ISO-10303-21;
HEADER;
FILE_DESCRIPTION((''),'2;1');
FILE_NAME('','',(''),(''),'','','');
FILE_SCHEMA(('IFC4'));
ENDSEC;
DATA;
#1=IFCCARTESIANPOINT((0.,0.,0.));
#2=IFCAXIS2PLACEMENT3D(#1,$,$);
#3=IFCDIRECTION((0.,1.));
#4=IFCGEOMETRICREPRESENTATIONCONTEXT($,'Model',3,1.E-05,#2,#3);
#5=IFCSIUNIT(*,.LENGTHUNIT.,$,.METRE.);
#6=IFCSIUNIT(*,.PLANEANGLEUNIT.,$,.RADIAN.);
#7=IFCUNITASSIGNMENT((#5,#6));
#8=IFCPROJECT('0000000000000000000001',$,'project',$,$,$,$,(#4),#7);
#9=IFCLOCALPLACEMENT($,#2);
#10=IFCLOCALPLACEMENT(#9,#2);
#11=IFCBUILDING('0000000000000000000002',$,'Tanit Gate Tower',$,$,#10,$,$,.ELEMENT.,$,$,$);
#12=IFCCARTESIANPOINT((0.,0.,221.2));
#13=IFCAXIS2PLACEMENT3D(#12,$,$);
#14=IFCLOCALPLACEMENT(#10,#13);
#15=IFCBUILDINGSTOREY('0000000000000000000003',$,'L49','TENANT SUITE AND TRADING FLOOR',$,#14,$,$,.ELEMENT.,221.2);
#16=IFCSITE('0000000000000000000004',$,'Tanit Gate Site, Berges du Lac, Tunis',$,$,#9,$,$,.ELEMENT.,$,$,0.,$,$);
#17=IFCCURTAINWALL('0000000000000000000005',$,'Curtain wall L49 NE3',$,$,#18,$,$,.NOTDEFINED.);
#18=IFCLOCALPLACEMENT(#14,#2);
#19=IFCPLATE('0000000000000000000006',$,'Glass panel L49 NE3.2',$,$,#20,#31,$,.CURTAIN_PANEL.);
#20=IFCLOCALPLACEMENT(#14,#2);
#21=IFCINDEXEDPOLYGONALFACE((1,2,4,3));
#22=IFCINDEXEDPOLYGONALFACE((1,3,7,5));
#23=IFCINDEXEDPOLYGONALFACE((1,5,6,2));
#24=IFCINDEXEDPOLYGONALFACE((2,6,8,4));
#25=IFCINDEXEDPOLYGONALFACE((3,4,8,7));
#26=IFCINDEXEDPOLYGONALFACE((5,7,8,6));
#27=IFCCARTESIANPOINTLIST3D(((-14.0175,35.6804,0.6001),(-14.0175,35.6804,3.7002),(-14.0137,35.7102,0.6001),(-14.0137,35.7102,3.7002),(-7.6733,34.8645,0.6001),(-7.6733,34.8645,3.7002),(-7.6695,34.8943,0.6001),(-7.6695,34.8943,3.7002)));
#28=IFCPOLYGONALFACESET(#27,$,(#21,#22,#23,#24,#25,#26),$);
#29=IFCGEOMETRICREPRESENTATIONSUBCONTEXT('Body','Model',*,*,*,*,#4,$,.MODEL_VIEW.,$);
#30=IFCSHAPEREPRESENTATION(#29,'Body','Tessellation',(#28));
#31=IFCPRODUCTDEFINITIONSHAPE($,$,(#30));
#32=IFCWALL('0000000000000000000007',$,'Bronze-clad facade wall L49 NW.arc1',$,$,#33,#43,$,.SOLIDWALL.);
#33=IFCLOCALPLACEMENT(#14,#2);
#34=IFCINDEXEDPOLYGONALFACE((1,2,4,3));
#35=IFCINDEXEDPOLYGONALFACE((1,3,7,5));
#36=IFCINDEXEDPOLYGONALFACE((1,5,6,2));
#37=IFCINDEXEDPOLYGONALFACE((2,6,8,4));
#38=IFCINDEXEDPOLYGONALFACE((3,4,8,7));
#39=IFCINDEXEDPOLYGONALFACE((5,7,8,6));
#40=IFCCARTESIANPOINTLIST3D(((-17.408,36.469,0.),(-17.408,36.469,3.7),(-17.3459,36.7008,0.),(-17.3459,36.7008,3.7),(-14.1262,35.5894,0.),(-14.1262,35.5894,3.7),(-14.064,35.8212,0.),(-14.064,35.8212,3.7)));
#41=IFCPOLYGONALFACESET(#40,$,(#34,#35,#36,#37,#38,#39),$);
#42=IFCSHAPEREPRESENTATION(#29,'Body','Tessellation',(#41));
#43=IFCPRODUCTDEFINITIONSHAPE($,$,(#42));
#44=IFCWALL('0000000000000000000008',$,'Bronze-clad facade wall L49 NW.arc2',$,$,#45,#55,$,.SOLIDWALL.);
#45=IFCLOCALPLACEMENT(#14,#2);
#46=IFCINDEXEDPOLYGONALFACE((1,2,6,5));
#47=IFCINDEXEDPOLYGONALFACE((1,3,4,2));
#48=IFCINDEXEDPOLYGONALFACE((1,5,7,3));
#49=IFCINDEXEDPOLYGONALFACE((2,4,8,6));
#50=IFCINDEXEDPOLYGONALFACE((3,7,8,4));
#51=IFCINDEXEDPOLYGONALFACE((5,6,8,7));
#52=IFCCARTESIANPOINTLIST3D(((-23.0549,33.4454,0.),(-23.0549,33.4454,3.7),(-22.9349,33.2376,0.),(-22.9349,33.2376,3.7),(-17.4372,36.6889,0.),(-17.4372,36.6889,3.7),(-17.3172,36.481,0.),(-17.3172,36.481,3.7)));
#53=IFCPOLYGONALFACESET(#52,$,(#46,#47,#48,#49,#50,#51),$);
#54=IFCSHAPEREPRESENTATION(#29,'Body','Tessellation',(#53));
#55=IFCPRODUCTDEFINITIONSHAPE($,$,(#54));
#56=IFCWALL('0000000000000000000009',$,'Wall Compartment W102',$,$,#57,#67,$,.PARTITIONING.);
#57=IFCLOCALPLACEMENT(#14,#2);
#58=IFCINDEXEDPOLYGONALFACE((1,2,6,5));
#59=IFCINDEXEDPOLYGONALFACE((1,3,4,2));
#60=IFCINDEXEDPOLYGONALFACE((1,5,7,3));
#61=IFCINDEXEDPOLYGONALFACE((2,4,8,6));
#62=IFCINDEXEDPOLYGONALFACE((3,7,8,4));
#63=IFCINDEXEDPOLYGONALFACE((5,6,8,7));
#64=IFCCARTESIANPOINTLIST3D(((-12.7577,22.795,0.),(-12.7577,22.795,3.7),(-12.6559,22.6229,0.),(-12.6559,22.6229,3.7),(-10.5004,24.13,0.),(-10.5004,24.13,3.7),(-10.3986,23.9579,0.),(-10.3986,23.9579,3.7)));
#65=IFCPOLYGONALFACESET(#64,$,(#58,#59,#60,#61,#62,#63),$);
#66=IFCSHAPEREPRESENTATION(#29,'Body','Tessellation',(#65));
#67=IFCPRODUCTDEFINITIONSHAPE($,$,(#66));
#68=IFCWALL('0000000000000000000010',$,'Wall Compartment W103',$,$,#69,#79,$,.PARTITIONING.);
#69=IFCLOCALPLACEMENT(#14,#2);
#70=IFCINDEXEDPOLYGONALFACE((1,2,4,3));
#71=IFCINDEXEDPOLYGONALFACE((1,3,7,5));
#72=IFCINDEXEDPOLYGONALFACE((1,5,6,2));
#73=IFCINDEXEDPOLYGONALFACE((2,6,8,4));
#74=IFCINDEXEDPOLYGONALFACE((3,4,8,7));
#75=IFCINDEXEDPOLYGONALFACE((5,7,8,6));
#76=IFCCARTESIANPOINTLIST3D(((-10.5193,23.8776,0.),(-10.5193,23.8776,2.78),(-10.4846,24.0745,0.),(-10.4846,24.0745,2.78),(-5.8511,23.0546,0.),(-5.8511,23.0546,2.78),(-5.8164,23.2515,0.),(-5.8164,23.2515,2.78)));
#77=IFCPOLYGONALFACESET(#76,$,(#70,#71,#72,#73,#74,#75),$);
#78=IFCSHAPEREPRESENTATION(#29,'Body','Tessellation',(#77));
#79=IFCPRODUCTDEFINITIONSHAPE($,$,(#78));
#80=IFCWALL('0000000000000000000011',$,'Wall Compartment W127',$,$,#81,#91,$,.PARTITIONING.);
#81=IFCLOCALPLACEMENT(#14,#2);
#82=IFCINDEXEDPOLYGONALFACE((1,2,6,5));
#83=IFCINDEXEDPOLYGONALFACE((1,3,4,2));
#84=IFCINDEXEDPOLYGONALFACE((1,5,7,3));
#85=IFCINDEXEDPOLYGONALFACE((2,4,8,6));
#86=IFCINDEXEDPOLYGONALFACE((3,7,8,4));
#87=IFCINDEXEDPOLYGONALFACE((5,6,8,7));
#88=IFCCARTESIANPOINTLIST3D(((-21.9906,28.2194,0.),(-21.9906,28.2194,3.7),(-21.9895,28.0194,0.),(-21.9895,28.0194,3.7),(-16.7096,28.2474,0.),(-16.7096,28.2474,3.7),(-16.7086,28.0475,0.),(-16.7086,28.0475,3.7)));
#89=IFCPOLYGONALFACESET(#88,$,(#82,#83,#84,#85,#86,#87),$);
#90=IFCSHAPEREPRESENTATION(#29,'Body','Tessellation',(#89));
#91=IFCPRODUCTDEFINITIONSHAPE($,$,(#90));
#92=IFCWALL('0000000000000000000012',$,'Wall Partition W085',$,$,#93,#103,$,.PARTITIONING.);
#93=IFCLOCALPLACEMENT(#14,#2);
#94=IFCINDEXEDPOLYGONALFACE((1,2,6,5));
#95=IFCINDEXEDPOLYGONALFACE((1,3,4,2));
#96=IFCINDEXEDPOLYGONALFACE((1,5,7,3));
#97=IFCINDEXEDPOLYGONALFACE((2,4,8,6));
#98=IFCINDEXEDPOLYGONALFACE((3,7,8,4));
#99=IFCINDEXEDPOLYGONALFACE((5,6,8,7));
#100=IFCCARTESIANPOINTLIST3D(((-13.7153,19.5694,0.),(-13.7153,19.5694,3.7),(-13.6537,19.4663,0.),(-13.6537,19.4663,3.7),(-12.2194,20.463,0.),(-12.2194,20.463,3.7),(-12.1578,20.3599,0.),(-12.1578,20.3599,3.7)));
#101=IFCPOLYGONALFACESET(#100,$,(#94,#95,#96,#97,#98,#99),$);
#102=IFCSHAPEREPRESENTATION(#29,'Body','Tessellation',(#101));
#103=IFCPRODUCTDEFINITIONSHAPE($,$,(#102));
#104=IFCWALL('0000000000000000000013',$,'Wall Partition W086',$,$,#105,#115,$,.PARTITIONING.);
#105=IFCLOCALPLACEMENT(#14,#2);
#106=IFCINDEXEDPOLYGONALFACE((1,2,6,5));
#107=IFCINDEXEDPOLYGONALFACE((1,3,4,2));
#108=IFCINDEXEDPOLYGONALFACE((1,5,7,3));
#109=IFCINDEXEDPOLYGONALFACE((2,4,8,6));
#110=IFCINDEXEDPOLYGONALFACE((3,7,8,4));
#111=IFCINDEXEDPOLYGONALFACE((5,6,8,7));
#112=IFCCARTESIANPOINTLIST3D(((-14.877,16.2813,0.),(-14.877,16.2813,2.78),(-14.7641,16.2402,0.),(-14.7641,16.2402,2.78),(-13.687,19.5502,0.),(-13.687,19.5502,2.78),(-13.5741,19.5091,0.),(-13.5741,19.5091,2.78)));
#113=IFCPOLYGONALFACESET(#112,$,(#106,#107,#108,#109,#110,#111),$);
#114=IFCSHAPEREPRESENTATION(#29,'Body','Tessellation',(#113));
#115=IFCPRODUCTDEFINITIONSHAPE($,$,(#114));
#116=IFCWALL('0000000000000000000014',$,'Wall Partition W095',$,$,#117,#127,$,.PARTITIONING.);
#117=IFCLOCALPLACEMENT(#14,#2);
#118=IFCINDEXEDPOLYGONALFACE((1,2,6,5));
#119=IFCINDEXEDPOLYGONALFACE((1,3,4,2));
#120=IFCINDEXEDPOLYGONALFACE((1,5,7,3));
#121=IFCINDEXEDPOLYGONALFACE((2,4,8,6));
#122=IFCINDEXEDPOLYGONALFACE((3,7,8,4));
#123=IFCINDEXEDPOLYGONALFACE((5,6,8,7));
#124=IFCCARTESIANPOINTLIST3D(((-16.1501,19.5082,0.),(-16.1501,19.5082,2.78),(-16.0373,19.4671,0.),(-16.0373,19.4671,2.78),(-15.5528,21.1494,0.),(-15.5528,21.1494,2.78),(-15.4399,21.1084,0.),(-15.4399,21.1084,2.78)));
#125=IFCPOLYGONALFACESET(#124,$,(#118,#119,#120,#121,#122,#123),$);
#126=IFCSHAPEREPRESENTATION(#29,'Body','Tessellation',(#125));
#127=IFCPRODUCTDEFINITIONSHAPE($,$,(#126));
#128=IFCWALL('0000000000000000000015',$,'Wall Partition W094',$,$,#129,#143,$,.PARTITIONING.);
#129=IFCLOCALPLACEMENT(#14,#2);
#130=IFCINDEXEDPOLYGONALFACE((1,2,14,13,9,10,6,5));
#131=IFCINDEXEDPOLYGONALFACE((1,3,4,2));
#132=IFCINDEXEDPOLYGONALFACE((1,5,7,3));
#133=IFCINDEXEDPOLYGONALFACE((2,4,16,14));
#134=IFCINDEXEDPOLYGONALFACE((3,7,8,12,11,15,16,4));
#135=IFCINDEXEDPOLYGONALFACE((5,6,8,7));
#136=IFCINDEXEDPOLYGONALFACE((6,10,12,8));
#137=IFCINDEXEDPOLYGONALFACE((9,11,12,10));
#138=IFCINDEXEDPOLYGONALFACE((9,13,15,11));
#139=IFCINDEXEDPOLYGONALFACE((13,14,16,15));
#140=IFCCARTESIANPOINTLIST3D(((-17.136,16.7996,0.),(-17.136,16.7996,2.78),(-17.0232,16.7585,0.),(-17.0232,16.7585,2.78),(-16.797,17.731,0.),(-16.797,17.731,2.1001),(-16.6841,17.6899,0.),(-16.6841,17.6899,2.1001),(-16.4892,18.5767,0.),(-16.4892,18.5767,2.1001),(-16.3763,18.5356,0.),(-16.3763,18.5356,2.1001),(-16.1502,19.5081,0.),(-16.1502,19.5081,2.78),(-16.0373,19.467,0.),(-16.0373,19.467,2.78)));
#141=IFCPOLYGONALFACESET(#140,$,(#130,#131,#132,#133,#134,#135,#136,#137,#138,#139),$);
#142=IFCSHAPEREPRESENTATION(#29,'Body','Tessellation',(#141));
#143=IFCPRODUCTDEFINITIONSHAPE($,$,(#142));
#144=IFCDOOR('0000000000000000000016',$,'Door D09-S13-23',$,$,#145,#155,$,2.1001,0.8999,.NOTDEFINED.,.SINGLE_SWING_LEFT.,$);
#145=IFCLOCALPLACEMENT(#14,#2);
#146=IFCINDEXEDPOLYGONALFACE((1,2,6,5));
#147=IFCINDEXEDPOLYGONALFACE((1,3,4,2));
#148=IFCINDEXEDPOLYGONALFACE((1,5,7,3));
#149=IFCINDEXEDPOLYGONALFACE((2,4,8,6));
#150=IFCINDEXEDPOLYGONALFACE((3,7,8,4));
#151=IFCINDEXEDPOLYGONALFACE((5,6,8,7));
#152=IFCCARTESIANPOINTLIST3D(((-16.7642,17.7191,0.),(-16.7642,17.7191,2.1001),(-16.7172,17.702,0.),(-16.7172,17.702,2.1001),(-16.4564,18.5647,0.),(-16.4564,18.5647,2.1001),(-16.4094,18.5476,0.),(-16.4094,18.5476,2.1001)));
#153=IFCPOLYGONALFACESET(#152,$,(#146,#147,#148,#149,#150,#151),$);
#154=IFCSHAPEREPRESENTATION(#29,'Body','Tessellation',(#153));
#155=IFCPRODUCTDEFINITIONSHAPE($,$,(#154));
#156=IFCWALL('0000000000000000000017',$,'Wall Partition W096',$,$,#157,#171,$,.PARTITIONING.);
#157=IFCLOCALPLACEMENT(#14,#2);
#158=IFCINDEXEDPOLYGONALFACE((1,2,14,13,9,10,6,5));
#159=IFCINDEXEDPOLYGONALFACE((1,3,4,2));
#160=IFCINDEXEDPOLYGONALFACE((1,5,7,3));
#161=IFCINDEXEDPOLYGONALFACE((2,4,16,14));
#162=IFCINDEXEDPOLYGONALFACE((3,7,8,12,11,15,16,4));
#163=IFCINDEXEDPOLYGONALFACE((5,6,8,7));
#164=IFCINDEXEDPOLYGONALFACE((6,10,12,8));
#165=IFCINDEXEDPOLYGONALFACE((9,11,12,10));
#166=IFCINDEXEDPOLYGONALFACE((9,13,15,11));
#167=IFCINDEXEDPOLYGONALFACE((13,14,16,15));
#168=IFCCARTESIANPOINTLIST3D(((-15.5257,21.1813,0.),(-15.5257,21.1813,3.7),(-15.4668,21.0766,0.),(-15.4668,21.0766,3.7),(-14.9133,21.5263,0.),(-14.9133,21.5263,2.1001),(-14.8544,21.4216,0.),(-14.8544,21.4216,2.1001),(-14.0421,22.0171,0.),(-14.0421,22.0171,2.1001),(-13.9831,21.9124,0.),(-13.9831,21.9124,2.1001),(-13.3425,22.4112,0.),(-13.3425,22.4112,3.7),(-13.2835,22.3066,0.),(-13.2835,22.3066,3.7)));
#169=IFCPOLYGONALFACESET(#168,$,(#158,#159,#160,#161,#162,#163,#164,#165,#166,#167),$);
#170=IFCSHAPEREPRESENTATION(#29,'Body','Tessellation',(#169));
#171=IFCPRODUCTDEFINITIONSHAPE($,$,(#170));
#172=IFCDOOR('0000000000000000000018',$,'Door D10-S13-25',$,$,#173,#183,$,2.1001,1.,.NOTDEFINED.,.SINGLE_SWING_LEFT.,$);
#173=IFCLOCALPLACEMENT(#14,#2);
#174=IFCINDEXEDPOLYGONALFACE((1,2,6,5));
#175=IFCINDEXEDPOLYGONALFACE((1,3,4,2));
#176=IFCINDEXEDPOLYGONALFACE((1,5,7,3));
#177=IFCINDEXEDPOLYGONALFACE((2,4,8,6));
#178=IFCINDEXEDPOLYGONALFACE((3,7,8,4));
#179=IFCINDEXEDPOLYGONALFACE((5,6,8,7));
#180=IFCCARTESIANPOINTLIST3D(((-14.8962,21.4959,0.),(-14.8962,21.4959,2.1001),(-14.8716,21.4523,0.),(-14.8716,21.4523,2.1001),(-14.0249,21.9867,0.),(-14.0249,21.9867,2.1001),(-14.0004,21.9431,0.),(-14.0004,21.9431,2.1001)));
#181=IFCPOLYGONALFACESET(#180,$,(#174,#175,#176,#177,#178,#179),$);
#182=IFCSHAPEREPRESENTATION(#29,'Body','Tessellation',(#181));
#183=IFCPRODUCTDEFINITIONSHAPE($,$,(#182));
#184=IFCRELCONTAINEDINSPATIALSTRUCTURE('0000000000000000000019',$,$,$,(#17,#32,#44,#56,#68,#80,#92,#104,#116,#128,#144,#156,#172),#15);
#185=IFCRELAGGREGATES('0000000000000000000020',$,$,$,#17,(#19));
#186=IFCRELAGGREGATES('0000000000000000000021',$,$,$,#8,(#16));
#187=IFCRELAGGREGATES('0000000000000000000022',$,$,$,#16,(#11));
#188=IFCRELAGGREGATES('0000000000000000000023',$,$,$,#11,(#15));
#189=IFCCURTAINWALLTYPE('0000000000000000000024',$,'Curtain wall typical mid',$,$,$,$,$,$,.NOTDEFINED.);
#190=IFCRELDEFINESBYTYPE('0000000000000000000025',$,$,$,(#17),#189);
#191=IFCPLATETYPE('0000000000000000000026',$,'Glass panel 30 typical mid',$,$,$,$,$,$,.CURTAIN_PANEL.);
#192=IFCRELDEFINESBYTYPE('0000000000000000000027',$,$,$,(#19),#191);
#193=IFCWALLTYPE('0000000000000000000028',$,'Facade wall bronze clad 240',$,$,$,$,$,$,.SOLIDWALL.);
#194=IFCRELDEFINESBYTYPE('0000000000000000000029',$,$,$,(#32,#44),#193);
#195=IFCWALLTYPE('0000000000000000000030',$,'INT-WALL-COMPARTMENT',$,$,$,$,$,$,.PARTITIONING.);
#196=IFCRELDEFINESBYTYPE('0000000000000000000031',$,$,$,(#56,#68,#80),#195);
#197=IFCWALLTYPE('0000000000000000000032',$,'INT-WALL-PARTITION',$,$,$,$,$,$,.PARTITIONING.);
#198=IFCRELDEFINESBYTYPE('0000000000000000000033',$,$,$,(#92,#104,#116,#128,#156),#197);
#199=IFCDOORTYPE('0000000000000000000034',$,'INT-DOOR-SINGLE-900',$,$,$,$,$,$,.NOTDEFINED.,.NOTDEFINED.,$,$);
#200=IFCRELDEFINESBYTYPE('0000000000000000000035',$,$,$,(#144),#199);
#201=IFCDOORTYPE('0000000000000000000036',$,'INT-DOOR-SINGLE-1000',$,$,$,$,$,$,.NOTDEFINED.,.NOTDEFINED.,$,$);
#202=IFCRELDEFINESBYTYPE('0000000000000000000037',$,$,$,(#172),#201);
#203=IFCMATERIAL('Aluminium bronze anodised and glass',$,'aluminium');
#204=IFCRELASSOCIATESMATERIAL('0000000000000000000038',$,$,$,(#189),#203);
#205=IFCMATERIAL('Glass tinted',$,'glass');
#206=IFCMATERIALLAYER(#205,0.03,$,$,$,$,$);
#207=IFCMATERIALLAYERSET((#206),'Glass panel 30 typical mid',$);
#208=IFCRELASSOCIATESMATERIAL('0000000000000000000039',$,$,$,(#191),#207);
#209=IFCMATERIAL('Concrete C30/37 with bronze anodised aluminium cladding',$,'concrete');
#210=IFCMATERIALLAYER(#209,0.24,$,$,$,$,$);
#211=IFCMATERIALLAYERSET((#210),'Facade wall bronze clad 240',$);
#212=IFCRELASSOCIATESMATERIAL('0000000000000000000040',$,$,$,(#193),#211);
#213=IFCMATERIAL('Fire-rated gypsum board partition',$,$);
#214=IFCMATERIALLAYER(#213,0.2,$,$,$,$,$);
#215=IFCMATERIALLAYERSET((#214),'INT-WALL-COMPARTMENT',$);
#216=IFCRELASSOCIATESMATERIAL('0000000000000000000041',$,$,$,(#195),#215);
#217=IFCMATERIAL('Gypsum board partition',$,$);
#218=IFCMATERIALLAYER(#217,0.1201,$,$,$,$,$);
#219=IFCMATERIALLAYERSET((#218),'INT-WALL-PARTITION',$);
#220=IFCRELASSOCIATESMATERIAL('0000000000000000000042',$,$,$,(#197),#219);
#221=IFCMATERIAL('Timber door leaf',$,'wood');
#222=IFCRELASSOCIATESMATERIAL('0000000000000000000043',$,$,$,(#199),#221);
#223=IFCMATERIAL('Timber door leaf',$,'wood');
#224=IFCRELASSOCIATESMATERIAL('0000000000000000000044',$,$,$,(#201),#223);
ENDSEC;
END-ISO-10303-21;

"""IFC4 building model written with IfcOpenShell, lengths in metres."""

from ifc_helpers import new_model, si_unit, direction, frame, frame_2d, origin, origin_2d, place, context, subcontext, project, spatial, rectangle, extrude, material, layer, layer_set, type_object, element, fill, aggregate, save


model = new_model("IFC4")

# Units and contexts
model_context = context("Model", 3, precision=1e-05, world=origin(), true_north=direction((0.0, 1.0)))
body_context = subcontext(model_context, "Body", "Model", "MODEL_VIEW")
ifc_project = project(units=[si_unit("LENGTHUNIT", "METRE"), si_unit("PLANEANGLEUNIT", "RADIAN")], contexts=[model_context])

# Site, building, storey
site_placement = place(None, origin())
site = spatial("IfcSite", under=ifc_project, at=site_placement, Name="Tanit Gate Site, Berges du Lac, Tunis", CompositionType="ELEMENT", RefElevation=0.0)
building_placement = place(site_placement, origin())
building = spatial("IfcBuilding", under=site, at=building_placement, Name="Tanit Gate Tower", CompositionType="ELEMENT")
storey_placement = place(building_placement, frame((0.0, 0.0, 221.2)))
storey = spatial("IfcBuildingStorey", under=building, at=storey_placement, Name="L49", Description="TENANT SUITE AND TRADING FLOOR", CompositionType="ELEMENT", Elevation=221.2)

# Curtain wall
ifc_material_1 = material(Name="Aluminium bronze anodised and glass", Category="aluminium")
curtain_wall_type = type_object("IfcCurtainWallType", Name="Curtain wall typical mid", PredefinedType="NOTDEFINED", material=ifc_material_1)
curtain_wall_placement = place(storey_placement, origin())
curtain_wall = element("IfcCurtainWall", 1, at=curtain_wall_placement, inside=storey, type_object=curtain_wall_type, Name="Curtain wall L49 NE3", PredefinedType="NOTDEFINED")

# Plate
ifc_material_2 = material(Name="Glass tinted", Category="glass")
ifc_layer_1 = layer(ifc_material_2, 0.03)
ifc_layer_set_1 = layer_set([ifc_layer_1], Name="Glass panel 30 typical mid")
plate_type = type_object("IfcPlateType", Name="Glass panel 30 typical mid", PredefinedType="CURTAIN_PANEL", material=ifc_layer_set_1)
plate_1_placement = place(storey_placement, frame((-10.8435, 35.2874, 0.6001), z_axis=(0.0, 0.0, 1.0), x_axis=(-0.991832, 0.127554, 0.0)))
plate_1 = element("IfcPlate", 2, at=plate_1_placement, type_object=plate_type, Name="Glass panel L49 NE3.2", PredefinedType="CURTAIN_PANEL", context=body_context, shape_type="SweptSolid", body=[
    extrude(rectangle(XDim=6.3965, YDim=0.03, at=origin_2d()), origin(), (0.0, 0.0, 1.0), 3.1001),
])
aggregate(curtain_wall, [plate_1])

# Walls
ifc_material_3 = material(Name="Concrete C30/37 with bronze anodised aluminium cladding", Category="concrete")
ifc_layer_2 = layer(ifc_material_3, 0.24)
ifc_layer_set_2 = layer_set([ifc_layer_2], Name="Facade wall bronze clad 240")
wall_type_1 = type_object("IfcWallType", Name="Facade wall bronze clad 240", PredefinedType="SOLIDWALL", material=ifc_layer_set_2)
wall_1_placement = place(storey_placement, frame((-14.0952, 35.7053, 0.0), z_axis=(0.0, 0.0, 1.0), x_axis=(-0.965909, 0.258883, 0.0)))
element("IfcWall", 3, at=wall_1_placement, inside=storey, type_object=wall_type_1, Name="Bronze-clad facade wall L49 NW.arc1", PredefinedType="SOLIDWALL", context=body_context, shape_type="SweptSolid", body=[
    extrude(rectangle(XDim=3.3977, YDim=0.24, at=frame_2d((1.6987, 0.0))), origin(), (0.0, 0.0, 1.0), 3.7),
])
wall_2_placement = place(storey_placement, frame((-17.3772, 36.585, 0.0), z_axis=(0.0, 0.0, 1.0), x_axis=(-0.866023, -0.500005, 0.0)))
element("IfcWall", 4, at=wall_2_placement, inside=storey, type_object=wall_type_1, Name="Bronze-clad facade wall L49 NW.arc2", PredefinedType="SOLIDWALL", context=body_context, shape_type="SweptSolid", body=[
    extrude(rectangle(XDim=6.4868, YDim=0.24, at=frame_2d((3.2434, 0.0))), origin(), (0.0, 0.0, 1.0), 3.7),
])
ifc_material_4 = material(Name="Fire-rated gypsum board partition")
ifc_layer_3 = layer(ifc_material_4, 0.2)
ifc_layer_set_3 = layer_set([ifc_layer_3], Name="INT-WALL-COMPARTMENT")
wall_type_2 = type_object("IfcWallType", Name="INT-WALL-COMPARTMENT", PredefinedType="PARTITIONING", material=ifc_layer_set_3)
wall_3_placement = place(storey_placement, frame((-10.4495, 24.0439, 0.0), z_axis=(0.0, 0.0, 1.0), x_axis=(-0.860745, -0.509037, 0.0)))
element("IfcWall", 5, at=wall_3_placement, inside=storey, type_object=wall_type_2, Name="Wall Compartment W102", PredefinedType="PARTITIONING", context=body_context, shape_type="SweptSolid", body=[
    extrude(rectangle(XDim=2.6226, YDim=0.2, at=frame_2d((1.3113, 0.0))), origin(), (0.0, 0.0, 1.0), 3.7),
])
wall_4_placement = place(storey_placement, frame((-5.8337, 23.1531, 0.0), z_axis=(0.0, 0.0, 1.0), x_axis=(-0.984813, 0.173621, 0.0)))
element("IfcWall", 6, at=wall_4_placement, inside=storey, type_object=wall_type_2, Name="Wall Compartment W103", PredefinedType="PARTITIONING", context=body_context, shape_type="SweptSolid", body=[
    extrude(rectangle(XDim=4.7402, YDim=0.2, at=frame_2d((2.3701, 0.0))), origin(), (0.0, 0.0, 1.0), 2.78),
])
wall_5_placement = place(storey_placement, frame((-16.709, 28.1475, 0.0), z_axis=(0.0, 0.0, 1.0), x_axis=(-0.999986, -0.005316, 0.0)))
element("IfcWall", 7, at=wall_5_placement, inside=storey, type_object=wall_type_2, Name="Wall Compartment W127", PredefinedType="PARTITIONING", context=body_context, shape_type="SweptSolid", body=[
    extrude(rectangle(XDim=5.281, YDim=0.2, at=frame_2d((2.6406, 0.0))), origin(), (0.0, 0.0, 1.0), 3.7),
])
ifc_material_5 = material(Name="Gypsum board partition")
ifc_layer_4 = layer(ifc_material_5, 0.1201)
ifc_layer_set_4 = layer_set([ifc_layer_4], Name="INT-WALL-PARTITION")
wall_type_3 = type_object("IfcWallType", Name="INT-WALL-PARTITION", PredefinedType="PARTITIONING", material=ifc_layer_set_4)
wall_6_placement = place(storey_placement, frame((-12.1887, 20.4114, 0.0), z_axis=(0.0, 0.0, 1.0), x_axis=(-0.858493, -0.512826, 0.0)))
element("IfcWall", 8, at=wall_6_placement, inside=storey, type_object=wall_type_3, Name="Wall Partition W085", PredefinedType="PARTITIONING", context=body_context, shape_type="SweptSolid", body=[
    extrude(rectangle(XDim=1.7424, YDim=0.1201, at=frame_2d((0.8711, 0.0))), origin(), (0.0, 0.0, 1.0), 3.7),
])
wall_7_placement = place(storey_placement, frame((-13.6306, 19.5295, 0.0), z_axis=(0.0, 0.0, 1.0), x_axis=(-0.34207, -0.939675, 0.0)))
element("IfcWall", 9, at=wall_7_placement, inside=storey, type_object=wall_type_3, Name="Wall Partition W086", PredefinedType="PARTITIONING", context=body_context, shape_type="SweptSolid", body=[
    extrude(rectangle(XDim=3.4788, YDim=0.1201, at=frame_2d((1.7393, 0.0))), origin(), (0.0, 0.0, 1.0), 2.78),
])
wall_8_placement = place(storey_placement, frame((-15.4963, 21.1289, 0.0), z_axis=(0.0, 0.0, 1.0), x_axis=(-0.342024, -0.939691, 0.0)))
element("IfcWall", 10, at=wall_8_placement, inside=storey, type_object=wall_type_3, Name="Wall Partition W095", PredefinedType="PARTITIONING", context=body_context, shape_type="SweptSolid", body=[
    extrude(rectangle(XDim=1.7466, YDim=0.1201, at=frame_2d((0.8733, 0.0))), origin(), (0.0, 0.0, 1.0), 2.78),
])

# Walls, openings, doors
wall_9_placement = place(storey_placement, frame((-16.0938, 19.4875, 0.0), z_axis=(0.0, 0.0, 1.0), x_axis=(-0.342029, -0.93969, 0.0)))
wall_9 = element("IfcWall", 11, at=wall_9_placement, inside=storey, type_object=wall_type_3, Name="Wall Partition W094", PredefinedType="PARTITIONING", context=body_context, shape_type="SweptSolid", body=[
    extrude(rectangle(XDim=2.8823, YDim=0.1201, at=frame_2d((1.4412, 0.0))), origin(), (0.0, 0.0, 1.0), 2.78),
])
opening_1_placement = place(wall_9_placement, frame((0.9912, 0.0, 0.0)))
opening_1 = element("IfcOpeningElement", 12, at=opening_1_placement, cuts=wall_9, PredefinedType="OPENING", context=body_context, shape_type="SweptSolid", body=[
    extrude(rectangle(XDim=0.8999, YDim=2.1001, at=frame_2d((0.45, 1.05))), frame((0.0, 0.0701, 0.0), z_axis=(0.0, -1.0, 0.0), x_axis=(1.0, 0.0, 0.0)), (0.0, 0.0, 1.0), 0.1401),
])
ifc_material_6 = material(Name="Timber door leaf", Category="wood")
door_type_1 = type_object("IfcDoorType", Name="INT-DOOR-SINGLE-900", OperationType="NOTDEFINED", PredefinedType="NOTDEFINED", material=ifc_material_6)
door_1_placement = place(opening_1_placement, origin())
door_1 = element("IfcDoor", 13, at=door_1_placement, inside=storey, type_object=door_type_1, Name="Door D09-S13-23", OperationType="SINGLE_SWING_LEFT", OverallHeight=2.1001, OverallWidth=0.8999, PredefinedType="NOTDEFINED", context=body_context, shape_type="SweptSolid", body=[
    extrude(rectangle(XDim=0.8999, YDim=2.1001, at=frame_2d((0.45, 1.05))), frame((0.0, 0.0249, 0.0), z_axis=(0.0, -1.0, 0.0), x_axis=(1.0, 0.0, 0.0)), (0.0, 0.0, 1.0), 0.05),
])
fill(opening_1, door_1)
wall_10_placement = place(storey_placement, frame((-13.313, 22.3589, 0.0), z_axis=(0.0, 0.0, 1.0), x_axis=(-0.871261, -0.490821, 0.0)))
wall_10 = element("IfcWall", 14, at=wall_10_placement, inside=storey, type_object=wall_type_3, Name="Wall Partition W096", PredefinedType="PARTITIONING", context=body_context, shape_type="SweptSolid", body=[
    extrude(rectangle(XDim=2.5059, YDim=0.1201, at=frame_2d((1.2529, 0.0))), origin(), (0.0, 0.0, 1.0), 3.7),
])
opening_2_placement = place(wall_10_placement, frame((0.803, 0.0, 0.0)))
opening_2 = element("IfcOpeningElement", 15, at=opening_2_placement, cuts=wall_10, PredefinedType="OPENING", context=body_context, shape_type="SweptSolid", body=[
    extrude(rectangle(XDim=1.0, YDim=2.1001, at=frame_2d((0.5, 1.05))), frame((0.0, 0.0701, 0.0), z_axis=(0.0, -1.0, 0.0), x_axis=(1.0, 0.0, 0.0)), (0.0, 0.0, 1.0), 0.1401),
])
ifc_material_7 = material(Name="Timber door leaf", Category="wood")
door_type_2 = type_object("IfcDoorType", Name="INT-DOOR-SINGLE-1000", OperationType="NOTDEFINED", PredefinedType="NOTDEFINED", material=ifc_material_7)
door_2_placement = place(opening_2_placement, origin())
door_2 = element("IfcDoor", 16, at=door_2_placement, inside=storey, type_object=door_type_2, Name="Door D10-S13-25", OperationType="SINGLE_SWING_LEFT", OverallHeight=2.1001, OverallWidth=1.0, PredefinedType="NOTDEFINED", context=body_context, shape_type="SweptSolid", body=[
    extrude(rectangle(XDim=1.0, YDim=2.1001, at=frame_2d((0.5, 1.05))), frame((0.0, 0.0249, 0.0), z_axis=(0.0, -1.0, 0.0), x_axis=(1.0, 0.0, 0.0)), (0.0, 0.0, 1.0), 0.05),
])
fill(opening_2, door_2)

save(model, "model.ifc")
